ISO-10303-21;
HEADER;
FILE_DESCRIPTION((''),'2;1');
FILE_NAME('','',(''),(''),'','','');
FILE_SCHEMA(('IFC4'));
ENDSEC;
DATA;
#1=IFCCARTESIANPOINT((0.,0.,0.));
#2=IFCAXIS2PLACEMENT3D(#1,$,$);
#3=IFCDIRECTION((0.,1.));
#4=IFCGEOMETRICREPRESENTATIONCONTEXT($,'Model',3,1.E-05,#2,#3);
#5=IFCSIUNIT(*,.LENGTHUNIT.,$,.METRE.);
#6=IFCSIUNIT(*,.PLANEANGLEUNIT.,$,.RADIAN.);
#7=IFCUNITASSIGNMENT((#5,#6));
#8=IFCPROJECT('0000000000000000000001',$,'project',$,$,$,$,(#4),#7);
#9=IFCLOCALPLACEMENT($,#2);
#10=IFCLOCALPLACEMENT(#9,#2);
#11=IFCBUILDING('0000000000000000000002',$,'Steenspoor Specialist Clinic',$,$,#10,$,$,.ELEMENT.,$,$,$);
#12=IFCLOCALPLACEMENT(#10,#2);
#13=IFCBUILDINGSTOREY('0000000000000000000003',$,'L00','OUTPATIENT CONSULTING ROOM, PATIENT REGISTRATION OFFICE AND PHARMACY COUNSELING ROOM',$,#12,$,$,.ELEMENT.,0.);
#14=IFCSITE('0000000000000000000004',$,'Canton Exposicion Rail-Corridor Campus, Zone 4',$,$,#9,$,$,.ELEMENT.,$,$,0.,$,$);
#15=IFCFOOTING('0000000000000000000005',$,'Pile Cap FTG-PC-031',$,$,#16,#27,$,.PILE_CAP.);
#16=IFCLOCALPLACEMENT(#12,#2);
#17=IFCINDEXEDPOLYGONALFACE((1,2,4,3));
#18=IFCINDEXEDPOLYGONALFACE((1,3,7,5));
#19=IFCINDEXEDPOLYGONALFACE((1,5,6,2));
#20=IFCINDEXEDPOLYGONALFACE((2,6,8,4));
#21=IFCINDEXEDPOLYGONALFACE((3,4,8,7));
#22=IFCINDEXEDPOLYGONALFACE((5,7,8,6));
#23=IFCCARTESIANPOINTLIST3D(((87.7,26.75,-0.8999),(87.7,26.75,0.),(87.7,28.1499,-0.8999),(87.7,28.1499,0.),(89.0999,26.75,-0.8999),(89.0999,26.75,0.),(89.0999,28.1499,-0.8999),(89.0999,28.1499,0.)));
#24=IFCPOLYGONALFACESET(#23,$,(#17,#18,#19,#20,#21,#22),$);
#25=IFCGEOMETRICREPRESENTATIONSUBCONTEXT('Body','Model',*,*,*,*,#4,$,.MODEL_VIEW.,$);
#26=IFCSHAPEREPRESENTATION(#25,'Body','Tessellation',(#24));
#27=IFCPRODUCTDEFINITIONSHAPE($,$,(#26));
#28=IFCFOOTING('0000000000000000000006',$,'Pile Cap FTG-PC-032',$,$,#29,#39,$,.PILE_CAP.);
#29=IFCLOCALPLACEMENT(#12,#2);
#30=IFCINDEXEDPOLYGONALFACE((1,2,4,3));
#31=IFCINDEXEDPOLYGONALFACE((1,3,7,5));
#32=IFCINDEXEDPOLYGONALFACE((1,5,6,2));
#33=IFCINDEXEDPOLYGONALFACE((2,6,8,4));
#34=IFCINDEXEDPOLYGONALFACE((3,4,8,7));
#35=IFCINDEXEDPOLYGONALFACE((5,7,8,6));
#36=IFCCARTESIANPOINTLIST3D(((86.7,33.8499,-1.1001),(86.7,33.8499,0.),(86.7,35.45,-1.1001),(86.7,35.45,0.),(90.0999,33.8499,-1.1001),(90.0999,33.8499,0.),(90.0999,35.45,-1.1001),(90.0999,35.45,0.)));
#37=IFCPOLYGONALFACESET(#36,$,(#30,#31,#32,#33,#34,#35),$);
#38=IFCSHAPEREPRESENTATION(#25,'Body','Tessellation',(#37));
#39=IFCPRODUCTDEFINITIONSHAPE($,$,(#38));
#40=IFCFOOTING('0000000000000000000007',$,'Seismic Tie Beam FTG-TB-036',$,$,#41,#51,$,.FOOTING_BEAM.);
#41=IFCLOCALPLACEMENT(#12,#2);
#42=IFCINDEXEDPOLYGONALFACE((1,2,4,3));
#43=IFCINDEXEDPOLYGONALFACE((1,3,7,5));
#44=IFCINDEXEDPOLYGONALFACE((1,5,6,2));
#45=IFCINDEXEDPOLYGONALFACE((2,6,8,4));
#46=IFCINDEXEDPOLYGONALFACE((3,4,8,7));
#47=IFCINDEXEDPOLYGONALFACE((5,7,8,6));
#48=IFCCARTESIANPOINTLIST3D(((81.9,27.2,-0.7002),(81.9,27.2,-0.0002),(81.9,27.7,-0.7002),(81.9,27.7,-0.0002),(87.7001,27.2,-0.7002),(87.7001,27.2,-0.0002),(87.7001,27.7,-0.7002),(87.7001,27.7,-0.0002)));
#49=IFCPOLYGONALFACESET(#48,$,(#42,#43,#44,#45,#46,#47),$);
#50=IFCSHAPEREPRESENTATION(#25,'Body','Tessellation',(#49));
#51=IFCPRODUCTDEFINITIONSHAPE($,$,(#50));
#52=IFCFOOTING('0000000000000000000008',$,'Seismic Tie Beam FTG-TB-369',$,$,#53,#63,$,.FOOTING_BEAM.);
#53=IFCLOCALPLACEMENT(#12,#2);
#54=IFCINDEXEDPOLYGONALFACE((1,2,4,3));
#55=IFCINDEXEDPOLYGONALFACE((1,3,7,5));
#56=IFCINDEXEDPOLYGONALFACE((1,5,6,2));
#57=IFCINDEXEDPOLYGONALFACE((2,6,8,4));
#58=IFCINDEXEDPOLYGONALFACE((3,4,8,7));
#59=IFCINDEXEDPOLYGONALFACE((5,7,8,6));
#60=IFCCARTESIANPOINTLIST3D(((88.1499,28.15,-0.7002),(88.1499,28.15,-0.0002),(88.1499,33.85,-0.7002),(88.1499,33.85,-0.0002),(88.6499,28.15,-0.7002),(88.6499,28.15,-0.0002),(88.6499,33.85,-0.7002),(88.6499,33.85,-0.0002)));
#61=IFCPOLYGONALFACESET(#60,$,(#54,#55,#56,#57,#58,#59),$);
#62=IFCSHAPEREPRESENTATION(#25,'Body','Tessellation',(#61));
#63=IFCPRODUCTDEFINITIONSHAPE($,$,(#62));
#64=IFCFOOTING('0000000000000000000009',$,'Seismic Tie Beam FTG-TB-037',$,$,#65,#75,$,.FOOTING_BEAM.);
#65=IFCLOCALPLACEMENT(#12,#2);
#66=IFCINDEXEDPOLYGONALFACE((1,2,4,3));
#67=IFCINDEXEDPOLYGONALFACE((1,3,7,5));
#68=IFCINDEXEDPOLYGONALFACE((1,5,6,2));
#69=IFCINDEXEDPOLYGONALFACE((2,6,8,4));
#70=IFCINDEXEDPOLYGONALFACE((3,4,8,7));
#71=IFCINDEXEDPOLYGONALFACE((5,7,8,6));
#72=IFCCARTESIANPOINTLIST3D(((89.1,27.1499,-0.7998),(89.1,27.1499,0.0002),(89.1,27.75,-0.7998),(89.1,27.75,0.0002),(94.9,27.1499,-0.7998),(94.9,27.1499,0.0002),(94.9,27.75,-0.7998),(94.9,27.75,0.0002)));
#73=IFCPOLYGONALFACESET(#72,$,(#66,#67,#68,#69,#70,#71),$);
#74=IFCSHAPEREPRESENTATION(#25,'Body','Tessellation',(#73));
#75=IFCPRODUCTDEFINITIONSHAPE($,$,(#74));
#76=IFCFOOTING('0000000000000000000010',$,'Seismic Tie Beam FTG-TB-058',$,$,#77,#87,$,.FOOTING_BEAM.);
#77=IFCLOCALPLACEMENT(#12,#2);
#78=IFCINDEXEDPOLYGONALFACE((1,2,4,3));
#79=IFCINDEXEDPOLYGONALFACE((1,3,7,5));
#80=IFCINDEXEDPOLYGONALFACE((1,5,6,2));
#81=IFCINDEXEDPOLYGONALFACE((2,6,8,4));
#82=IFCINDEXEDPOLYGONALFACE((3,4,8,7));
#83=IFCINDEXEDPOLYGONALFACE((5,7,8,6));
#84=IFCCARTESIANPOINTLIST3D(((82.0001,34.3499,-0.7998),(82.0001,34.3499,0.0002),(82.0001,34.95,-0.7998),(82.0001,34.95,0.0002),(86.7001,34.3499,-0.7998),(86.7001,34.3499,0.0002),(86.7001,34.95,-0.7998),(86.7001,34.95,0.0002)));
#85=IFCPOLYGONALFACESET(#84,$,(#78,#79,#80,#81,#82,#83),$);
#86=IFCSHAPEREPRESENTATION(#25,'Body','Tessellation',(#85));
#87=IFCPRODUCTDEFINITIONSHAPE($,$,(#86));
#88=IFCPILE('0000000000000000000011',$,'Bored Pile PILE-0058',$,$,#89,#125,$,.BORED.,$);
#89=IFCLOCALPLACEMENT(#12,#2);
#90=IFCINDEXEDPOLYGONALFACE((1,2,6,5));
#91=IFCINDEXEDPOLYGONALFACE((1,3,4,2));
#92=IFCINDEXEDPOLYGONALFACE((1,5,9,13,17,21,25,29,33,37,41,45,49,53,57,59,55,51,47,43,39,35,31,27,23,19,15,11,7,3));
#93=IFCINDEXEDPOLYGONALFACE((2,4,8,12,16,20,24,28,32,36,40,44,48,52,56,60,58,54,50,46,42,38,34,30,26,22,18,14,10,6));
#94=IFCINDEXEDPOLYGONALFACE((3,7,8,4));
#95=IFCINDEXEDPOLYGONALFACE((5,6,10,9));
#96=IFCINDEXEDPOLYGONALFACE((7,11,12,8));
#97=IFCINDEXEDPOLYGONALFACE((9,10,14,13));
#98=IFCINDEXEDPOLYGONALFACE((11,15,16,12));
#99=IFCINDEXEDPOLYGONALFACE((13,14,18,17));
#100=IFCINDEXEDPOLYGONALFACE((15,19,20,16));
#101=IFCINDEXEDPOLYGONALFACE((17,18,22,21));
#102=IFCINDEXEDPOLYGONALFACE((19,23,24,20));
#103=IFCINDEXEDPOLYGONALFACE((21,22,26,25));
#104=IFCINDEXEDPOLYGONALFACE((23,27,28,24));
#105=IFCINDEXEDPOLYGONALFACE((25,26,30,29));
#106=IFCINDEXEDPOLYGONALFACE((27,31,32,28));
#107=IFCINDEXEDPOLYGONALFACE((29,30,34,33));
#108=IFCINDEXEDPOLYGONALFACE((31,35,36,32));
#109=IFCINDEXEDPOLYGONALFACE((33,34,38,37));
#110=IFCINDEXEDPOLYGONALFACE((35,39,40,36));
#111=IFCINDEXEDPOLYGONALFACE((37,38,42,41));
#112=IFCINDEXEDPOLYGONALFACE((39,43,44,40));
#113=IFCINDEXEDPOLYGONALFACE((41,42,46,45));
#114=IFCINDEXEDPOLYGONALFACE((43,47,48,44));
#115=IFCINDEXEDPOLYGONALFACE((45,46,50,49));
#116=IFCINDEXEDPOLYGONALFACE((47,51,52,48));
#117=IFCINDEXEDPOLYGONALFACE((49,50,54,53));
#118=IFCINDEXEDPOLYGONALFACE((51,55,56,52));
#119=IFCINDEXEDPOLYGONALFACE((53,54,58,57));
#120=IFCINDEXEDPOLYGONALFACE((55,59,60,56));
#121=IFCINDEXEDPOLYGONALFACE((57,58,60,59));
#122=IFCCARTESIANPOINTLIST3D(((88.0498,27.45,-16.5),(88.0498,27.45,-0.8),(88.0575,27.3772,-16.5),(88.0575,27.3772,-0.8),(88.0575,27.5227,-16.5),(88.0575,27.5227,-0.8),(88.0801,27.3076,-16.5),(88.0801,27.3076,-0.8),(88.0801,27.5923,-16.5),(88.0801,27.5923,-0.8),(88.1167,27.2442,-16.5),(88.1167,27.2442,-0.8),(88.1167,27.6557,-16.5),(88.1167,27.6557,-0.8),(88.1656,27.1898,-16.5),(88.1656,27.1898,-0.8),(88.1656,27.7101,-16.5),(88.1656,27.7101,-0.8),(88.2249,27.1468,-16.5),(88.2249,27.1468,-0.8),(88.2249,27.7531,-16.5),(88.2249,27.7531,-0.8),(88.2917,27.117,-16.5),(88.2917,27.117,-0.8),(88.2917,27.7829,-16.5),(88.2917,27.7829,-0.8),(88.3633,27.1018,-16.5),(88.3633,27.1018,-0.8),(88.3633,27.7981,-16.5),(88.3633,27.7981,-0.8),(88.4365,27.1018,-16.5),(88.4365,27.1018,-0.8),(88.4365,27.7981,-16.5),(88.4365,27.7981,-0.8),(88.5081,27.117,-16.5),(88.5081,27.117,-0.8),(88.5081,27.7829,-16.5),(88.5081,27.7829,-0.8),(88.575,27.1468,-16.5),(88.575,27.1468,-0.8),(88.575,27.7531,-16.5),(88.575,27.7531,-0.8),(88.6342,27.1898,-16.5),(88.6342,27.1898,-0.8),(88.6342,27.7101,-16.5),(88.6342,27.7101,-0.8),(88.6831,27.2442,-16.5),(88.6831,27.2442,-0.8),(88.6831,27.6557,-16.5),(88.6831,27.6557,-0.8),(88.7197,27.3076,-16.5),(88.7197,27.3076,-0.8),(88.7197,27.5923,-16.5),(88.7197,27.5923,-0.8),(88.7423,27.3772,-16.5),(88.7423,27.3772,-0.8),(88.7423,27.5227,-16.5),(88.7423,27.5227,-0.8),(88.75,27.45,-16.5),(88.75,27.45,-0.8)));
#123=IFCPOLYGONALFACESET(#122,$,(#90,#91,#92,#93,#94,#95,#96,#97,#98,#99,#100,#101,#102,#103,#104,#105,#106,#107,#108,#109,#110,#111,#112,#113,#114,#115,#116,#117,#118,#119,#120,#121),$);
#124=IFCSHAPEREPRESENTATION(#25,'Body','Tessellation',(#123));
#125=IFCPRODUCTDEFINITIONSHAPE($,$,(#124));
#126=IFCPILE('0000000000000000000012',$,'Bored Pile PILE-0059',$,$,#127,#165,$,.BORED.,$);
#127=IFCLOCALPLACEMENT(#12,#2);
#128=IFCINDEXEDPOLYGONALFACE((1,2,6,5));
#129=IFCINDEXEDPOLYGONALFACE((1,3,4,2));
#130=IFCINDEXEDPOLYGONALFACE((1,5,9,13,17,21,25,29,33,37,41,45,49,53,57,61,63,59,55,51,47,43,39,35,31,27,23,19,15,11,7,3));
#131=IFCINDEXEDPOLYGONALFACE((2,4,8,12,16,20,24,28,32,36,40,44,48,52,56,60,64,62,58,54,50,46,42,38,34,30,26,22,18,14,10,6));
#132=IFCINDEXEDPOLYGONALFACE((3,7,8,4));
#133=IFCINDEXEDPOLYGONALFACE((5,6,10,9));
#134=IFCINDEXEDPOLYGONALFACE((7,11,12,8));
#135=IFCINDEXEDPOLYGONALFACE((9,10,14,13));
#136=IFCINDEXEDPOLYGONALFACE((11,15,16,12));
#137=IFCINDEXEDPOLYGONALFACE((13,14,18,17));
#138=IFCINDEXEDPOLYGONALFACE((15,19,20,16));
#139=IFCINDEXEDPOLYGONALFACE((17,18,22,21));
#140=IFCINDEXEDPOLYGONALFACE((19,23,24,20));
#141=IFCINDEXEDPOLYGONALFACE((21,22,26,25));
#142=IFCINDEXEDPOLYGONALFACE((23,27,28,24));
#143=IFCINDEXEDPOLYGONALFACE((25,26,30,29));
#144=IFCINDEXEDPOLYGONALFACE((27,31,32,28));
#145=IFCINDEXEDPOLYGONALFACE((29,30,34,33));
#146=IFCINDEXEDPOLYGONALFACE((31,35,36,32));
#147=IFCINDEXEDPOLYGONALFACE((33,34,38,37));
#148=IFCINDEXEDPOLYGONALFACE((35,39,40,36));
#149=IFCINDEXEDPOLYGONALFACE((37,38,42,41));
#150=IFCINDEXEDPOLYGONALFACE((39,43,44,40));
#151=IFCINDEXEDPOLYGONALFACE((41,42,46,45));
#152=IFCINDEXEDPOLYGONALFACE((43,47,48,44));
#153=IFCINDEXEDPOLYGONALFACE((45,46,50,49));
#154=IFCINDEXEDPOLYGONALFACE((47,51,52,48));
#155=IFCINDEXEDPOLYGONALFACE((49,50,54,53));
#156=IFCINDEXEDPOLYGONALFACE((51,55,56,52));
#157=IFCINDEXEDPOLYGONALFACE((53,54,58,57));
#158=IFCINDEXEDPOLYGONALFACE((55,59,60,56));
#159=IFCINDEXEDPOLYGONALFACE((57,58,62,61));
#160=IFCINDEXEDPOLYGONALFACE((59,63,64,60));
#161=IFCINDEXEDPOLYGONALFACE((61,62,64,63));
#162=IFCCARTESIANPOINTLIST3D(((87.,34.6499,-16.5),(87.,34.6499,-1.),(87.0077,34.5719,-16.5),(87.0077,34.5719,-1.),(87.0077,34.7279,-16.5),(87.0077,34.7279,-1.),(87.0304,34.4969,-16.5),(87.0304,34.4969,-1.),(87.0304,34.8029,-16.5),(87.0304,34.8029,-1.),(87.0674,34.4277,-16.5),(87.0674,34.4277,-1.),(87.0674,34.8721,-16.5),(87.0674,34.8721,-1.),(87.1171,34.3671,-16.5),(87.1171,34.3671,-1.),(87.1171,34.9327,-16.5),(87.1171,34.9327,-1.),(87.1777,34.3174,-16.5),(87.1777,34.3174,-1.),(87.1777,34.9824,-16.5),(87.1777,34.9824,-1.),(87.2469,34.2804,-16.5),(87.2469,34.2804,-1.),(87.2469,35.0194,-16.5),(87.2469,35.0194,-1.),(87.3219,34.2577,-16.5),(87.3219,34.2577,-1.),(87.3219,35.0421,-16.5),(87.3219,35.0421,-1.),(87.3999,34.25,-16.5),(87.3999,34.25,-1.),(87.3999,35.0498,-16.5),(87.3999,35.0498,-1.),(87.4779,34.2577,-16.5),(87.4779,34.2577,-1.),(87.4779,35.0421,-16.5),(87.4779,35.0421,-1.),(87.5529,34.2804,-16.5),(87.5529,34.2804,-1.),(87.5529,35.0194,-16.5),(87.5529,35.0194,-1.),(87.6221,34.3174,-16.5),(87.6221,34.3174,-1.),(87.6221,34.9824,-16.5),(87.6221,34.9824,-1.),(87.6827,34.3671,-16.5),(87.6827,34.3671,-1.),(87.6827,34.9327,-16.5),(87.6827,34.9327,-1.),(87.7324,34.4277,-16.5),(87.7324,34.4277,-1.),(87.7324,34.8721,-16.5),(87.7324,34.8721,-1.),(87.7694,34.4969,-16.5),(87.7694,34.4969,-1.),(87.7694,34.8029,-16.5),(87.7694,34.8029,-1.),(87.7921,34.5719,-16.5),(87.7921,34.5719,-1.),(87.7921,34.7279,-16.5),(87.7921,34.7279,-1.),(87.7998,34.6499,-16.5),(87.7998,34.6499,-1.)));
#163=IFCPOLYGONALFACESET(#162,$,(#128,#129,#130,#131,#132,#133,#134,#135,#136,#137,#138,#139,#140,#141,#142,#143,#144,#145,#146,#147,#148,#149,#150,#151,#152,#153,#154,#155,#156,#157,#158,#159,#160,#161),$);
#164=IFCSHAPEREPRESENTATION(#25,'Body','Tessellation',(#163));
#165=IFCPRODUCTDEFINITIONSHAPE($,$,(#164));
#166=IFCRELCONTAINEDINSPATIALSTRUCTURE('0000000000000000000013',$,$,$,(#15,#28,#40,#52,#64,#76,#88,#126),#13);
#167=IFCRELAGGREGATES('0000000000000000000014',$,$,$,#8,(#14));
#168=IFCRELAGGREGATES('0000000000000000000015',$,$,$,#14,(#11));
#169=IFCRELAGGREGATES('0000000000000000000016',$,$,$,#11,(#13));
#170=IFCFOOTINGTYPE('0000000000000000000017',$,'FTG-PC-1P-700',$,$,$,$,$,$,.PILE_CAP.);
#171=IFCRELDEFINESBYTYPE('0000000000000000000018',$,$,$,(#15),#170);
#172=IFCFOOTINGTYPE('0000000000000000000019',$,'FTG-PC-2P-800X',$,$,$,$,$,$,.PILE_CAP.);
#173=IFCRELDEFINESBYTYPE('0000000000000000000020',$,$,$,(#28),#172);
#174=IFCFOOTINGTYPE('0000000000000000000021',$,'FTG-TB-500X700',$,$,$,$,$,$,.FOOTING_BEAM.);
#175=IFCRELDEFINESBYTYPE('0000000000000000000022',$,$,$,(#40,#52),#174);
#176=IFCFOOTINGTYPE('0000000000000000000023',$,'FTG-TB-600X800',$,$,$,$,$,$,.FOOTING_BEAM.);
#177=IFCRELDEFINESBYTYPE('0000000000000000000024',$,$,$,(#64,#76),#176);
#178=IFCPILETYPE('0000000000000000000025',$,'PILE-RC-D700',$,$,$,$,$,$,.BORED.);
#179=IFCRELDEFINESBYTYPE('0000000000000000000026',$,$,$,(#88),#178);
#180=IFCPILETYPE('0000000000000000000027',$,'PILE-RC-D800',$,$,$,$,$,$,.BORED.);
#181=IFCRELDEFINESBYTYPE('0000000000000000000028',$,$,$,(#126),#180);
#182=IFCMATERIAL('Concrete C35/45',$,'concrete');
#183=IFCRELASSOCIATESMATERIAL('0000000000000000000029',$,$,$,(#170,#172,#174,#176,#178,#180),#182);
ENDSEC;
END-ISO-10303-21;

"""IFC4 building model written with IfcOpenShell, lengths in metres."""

from ifc_helpers import new_model, si_unit, direction, frame, origin, origin_2d, place, context, subcontext, project, spatial, rectangle, circle, extrude, material, material_profile, profile_set, type_object, element, save


model = new_model("IFC4")

# Units and contexts
model_context = context("Model", 3, precision=1e-05, world=origin(), true_north=direction((0.0, 1.0)))
body_context = subcontext(model_context, "Body", "Model", "MODEL_VIEW")
ifc_project = project(units=[si_unit("LENGTHUNIT", "METRE"), si_unit("PLANEANGLEUNIT", "RADIAN")], contexts=[model_context])

# Site, building, storey
site_placement = place(None, origin())
site = spatial("IfcSite", under=ifc_project, at=site_placement, Name="Canton Exposicion Rail-Corridor Campus, Zone 4", CompositionType="ELEMENT", RefElevation=0.0)
building_placement = place(site_placement, origin())
building = spatial("IfcBuilding", under=site, at=building_placement, Name="Steenspoor Specialist Clinic", CompositionType="ELEMENT")
storey_placement = place(building_placement, origin())
storey = spatial("IfcBuildingStorey", under=building, at=storey_placement, Name="L00", Description="OUTPATIENT CONSULTING ROOM, PATIENT REGISTRATION OFFICE AND PHARMACY COUNSELING ROOM", CompositionType="ELEMENT", Elevation=0.0)

# Footings
ifc_material_1 = material(Name="Concrete C35/45", Category="concrete")
footing_type_1 = type_object("IfcFootingType", Name="FTG-PC-1P-700", PredefinedType="PILE_CAP", material=ifc_material_1)
footing_1_placement = place(storey_placement, frame((88.3999, 27.45, -0.8999), z_axis=(0.0, 0.0, 1.0), x_axis=(1.0, 0.0, 0.0)))
element("IfcFooting", 1, at=footing_1_placement, inside=storey, type_object=footing_type_1, Name="Pile Cap FTG-PC-031", PredefinedType="PILE_CAP", context=body_context, shape_type="SweptSolid", body=[
    extrude(rectangle(XDim=1.3999, YDim=1.3999, at=origin_2d()), origin(), (0.0, 0.0, 1.0), 0.8999),
])
footing_type_2 = type_object("IfcFootingType", Name="FTG-PC-2P-800X", PredefinedType="PILE_CAP", material=ifc_material_1)
footing_2_placement = place(storey_placement, frame((88.3999, 34.6499, -1.1001), z_axis=(0.0, 0.0, 1.0), x_axis=(1.0, 0.0, 0.0)))
element("IfcFooting", 2, at=footing_2_placement, inside=storey, type_object=footing_type_2, Name="Pile Cap FTG-PC-032", PredefinedType="PILE_CAP", context=body_context, shape_type="SweptSolid", body=[
    extrude(rectangle(XDim=3.3999, YDim=1.6001, at=origin_2d()), origin(), (0.0, 0.0, 1.0), 1.1001),
])
footing_type_3 = type_object("IfcFootingType", Name="FTG-TB-500X700", PredefinedType="FOOTING_BEAM", material=ifc_material_1)
footing_3_placement = place(storey_placement, frame((84.8, 27.45, -0.7002), z_axis=(0.0, 0.0, 1.0), x_axis=(1.0, 0.0, 0.0)))
element("IfcFooting", 3, at=footing_3_placement, inside=storey, type_object=footing_type_3, Name="Seismic Tie Beam FTG-TB-036", PredefinedType="FOOTING_BEAM", context=body_context, shape_type="SweptSolid", body=[
    extrude(rectangle(XDim=5.8, YDim=0.5, at=origin_2d()), origin(), (0.0, 0.0, 1.0), 0.7),
])
footing_4_placement = place(storey_placement, frame((88.3999, 31.0, -0.7002), z_axis=(0.0, 0.0, 1.0), x_axis=(1.0, 0.0, 0.0)))
element("IfcFooting", 4, at=footing_4_placement, inside=storey, type_object=footing_type_3, Name="Seismic Tie Beam FTG-TB-369", PredefinedType="FOOTING_BEAM", context=body_context, shape_type="SweptSolid", body=[
    extrude(rectangle(XDim=0.5, YDim=5.7, at=origin_2d()), origin(), (0.0, 0.0, 1.0), 0.7),
])
footing_type_4 = type_object("IfcFootingType", Name="FTG-TB-600X800", PredefinedType="FOOTING_BEAM", material=ifc_material_1)
footing_5_placement = place(storey_placement, frame((92.0, 27.45, -0.7998), z_axis=(0.0, 0.0, 1.0), x_axis=(1.0, 0.0, 0.0)))
element("IfcFooting", 5, at=footing_5_placement, inside=storey, type_object=footing_type_4, Name="Seismic Tie Beam FTG-TB-037", PredefinedType="FOOTING_BEAM", context=body_context, shape_type="SweptSolid", body=[
    extrude(rectangle(XDim=5.8, YDim=0.6001, at=origin_2d()), origin(), (0.0, 0.0, 1.0), 0.8),
])
footing_6_placement = place(storey_placement, frame((84.3501, 34.6499, -0.7998), z_axis=(0.0, 0.0, 1.0), x_axis=(1.0, 0.0, 0.0)))
element("IfcFooting", 6, at=footing_6_placement, inside=storey, type_object=footing_type_4, Name="Seismic Tie Beam FTG-TB-058", PredefinedType="FOOTING_BEAM", context=body_context, shape_type="SweptSolid", body=[
    extrude(rectangle(XDim=4.7, YDim=0.6001, at=origin_2d()), origin(), (0.0, 0.0, 1.0), 0.8),
])

# Piles
ifc_material_profile_1 = material_profile(ifc_material_1, circle(Radius=0.3501, at=origin_2d()), Name="PILE-D700")
ifc_profile_set_1 = profile_set([ifc_material_profile_1], Name="Concrete C35/45")
pile_type_1 = type_object("IfcPileType", Name="PILE-RC-D700", PredefinedType="BORED", material=ifc_profile_set_1)
pile_placement = place(storey_placement, frame((88.3999, 27.45, -0.8), z_axis=(0.0, 0.0, -1.0), x_axis=(1.0, 0.0, 0.0)))
element("IfcPile", 7, at=pile_placement, inside=storey, type_object=pile_type_1, Name="Bored Pile PILE-0058", PredefinedType="BORED", context=body_context, shape_type="SweptSolid", body=[
    extrude(circle(Radius=0.3501, at=origin_2d()), origin(), (0.0, 0.0, 1.0), 15.7),
])
ifc_material_profile_2 = material_profile(ifc_material_1, circle(Radius=0.3999, at=origin_2d()), Name="PILE-D800")
ifc_profile_set_2 = profile_set([ifc_material_profile_2], Name="Concrete C35/45")
pile_type_2 = type_object("IfcPileType", Name="PILE-RC-D800", PredefinedType="BORED", material=ifc_profile_set_2)
for number, where, z_axis, x_axis, name in (
    (8, (87.3999, 34.6499, -1.0), (0.0, 0.0, -1.0), (1.0, 0.0, 0.0), "Bored Pile PILE-0059"),
):
    element("IfcPile", number, at=place(storey_placement, frame(where, z_axis=z_axis, x_axis=x_axis)), inside=storey, type_object=pile_type_2, Name=name, PredefinedType="BORED", context=body_context, shape_type="SweptSolid", body=[
        extrude(circle(Radius=0.3999, at=origin_2d()), origin(), (0.0, 0.0, 1.0), 15.5),
    ])

save(model, "model.ifc")
